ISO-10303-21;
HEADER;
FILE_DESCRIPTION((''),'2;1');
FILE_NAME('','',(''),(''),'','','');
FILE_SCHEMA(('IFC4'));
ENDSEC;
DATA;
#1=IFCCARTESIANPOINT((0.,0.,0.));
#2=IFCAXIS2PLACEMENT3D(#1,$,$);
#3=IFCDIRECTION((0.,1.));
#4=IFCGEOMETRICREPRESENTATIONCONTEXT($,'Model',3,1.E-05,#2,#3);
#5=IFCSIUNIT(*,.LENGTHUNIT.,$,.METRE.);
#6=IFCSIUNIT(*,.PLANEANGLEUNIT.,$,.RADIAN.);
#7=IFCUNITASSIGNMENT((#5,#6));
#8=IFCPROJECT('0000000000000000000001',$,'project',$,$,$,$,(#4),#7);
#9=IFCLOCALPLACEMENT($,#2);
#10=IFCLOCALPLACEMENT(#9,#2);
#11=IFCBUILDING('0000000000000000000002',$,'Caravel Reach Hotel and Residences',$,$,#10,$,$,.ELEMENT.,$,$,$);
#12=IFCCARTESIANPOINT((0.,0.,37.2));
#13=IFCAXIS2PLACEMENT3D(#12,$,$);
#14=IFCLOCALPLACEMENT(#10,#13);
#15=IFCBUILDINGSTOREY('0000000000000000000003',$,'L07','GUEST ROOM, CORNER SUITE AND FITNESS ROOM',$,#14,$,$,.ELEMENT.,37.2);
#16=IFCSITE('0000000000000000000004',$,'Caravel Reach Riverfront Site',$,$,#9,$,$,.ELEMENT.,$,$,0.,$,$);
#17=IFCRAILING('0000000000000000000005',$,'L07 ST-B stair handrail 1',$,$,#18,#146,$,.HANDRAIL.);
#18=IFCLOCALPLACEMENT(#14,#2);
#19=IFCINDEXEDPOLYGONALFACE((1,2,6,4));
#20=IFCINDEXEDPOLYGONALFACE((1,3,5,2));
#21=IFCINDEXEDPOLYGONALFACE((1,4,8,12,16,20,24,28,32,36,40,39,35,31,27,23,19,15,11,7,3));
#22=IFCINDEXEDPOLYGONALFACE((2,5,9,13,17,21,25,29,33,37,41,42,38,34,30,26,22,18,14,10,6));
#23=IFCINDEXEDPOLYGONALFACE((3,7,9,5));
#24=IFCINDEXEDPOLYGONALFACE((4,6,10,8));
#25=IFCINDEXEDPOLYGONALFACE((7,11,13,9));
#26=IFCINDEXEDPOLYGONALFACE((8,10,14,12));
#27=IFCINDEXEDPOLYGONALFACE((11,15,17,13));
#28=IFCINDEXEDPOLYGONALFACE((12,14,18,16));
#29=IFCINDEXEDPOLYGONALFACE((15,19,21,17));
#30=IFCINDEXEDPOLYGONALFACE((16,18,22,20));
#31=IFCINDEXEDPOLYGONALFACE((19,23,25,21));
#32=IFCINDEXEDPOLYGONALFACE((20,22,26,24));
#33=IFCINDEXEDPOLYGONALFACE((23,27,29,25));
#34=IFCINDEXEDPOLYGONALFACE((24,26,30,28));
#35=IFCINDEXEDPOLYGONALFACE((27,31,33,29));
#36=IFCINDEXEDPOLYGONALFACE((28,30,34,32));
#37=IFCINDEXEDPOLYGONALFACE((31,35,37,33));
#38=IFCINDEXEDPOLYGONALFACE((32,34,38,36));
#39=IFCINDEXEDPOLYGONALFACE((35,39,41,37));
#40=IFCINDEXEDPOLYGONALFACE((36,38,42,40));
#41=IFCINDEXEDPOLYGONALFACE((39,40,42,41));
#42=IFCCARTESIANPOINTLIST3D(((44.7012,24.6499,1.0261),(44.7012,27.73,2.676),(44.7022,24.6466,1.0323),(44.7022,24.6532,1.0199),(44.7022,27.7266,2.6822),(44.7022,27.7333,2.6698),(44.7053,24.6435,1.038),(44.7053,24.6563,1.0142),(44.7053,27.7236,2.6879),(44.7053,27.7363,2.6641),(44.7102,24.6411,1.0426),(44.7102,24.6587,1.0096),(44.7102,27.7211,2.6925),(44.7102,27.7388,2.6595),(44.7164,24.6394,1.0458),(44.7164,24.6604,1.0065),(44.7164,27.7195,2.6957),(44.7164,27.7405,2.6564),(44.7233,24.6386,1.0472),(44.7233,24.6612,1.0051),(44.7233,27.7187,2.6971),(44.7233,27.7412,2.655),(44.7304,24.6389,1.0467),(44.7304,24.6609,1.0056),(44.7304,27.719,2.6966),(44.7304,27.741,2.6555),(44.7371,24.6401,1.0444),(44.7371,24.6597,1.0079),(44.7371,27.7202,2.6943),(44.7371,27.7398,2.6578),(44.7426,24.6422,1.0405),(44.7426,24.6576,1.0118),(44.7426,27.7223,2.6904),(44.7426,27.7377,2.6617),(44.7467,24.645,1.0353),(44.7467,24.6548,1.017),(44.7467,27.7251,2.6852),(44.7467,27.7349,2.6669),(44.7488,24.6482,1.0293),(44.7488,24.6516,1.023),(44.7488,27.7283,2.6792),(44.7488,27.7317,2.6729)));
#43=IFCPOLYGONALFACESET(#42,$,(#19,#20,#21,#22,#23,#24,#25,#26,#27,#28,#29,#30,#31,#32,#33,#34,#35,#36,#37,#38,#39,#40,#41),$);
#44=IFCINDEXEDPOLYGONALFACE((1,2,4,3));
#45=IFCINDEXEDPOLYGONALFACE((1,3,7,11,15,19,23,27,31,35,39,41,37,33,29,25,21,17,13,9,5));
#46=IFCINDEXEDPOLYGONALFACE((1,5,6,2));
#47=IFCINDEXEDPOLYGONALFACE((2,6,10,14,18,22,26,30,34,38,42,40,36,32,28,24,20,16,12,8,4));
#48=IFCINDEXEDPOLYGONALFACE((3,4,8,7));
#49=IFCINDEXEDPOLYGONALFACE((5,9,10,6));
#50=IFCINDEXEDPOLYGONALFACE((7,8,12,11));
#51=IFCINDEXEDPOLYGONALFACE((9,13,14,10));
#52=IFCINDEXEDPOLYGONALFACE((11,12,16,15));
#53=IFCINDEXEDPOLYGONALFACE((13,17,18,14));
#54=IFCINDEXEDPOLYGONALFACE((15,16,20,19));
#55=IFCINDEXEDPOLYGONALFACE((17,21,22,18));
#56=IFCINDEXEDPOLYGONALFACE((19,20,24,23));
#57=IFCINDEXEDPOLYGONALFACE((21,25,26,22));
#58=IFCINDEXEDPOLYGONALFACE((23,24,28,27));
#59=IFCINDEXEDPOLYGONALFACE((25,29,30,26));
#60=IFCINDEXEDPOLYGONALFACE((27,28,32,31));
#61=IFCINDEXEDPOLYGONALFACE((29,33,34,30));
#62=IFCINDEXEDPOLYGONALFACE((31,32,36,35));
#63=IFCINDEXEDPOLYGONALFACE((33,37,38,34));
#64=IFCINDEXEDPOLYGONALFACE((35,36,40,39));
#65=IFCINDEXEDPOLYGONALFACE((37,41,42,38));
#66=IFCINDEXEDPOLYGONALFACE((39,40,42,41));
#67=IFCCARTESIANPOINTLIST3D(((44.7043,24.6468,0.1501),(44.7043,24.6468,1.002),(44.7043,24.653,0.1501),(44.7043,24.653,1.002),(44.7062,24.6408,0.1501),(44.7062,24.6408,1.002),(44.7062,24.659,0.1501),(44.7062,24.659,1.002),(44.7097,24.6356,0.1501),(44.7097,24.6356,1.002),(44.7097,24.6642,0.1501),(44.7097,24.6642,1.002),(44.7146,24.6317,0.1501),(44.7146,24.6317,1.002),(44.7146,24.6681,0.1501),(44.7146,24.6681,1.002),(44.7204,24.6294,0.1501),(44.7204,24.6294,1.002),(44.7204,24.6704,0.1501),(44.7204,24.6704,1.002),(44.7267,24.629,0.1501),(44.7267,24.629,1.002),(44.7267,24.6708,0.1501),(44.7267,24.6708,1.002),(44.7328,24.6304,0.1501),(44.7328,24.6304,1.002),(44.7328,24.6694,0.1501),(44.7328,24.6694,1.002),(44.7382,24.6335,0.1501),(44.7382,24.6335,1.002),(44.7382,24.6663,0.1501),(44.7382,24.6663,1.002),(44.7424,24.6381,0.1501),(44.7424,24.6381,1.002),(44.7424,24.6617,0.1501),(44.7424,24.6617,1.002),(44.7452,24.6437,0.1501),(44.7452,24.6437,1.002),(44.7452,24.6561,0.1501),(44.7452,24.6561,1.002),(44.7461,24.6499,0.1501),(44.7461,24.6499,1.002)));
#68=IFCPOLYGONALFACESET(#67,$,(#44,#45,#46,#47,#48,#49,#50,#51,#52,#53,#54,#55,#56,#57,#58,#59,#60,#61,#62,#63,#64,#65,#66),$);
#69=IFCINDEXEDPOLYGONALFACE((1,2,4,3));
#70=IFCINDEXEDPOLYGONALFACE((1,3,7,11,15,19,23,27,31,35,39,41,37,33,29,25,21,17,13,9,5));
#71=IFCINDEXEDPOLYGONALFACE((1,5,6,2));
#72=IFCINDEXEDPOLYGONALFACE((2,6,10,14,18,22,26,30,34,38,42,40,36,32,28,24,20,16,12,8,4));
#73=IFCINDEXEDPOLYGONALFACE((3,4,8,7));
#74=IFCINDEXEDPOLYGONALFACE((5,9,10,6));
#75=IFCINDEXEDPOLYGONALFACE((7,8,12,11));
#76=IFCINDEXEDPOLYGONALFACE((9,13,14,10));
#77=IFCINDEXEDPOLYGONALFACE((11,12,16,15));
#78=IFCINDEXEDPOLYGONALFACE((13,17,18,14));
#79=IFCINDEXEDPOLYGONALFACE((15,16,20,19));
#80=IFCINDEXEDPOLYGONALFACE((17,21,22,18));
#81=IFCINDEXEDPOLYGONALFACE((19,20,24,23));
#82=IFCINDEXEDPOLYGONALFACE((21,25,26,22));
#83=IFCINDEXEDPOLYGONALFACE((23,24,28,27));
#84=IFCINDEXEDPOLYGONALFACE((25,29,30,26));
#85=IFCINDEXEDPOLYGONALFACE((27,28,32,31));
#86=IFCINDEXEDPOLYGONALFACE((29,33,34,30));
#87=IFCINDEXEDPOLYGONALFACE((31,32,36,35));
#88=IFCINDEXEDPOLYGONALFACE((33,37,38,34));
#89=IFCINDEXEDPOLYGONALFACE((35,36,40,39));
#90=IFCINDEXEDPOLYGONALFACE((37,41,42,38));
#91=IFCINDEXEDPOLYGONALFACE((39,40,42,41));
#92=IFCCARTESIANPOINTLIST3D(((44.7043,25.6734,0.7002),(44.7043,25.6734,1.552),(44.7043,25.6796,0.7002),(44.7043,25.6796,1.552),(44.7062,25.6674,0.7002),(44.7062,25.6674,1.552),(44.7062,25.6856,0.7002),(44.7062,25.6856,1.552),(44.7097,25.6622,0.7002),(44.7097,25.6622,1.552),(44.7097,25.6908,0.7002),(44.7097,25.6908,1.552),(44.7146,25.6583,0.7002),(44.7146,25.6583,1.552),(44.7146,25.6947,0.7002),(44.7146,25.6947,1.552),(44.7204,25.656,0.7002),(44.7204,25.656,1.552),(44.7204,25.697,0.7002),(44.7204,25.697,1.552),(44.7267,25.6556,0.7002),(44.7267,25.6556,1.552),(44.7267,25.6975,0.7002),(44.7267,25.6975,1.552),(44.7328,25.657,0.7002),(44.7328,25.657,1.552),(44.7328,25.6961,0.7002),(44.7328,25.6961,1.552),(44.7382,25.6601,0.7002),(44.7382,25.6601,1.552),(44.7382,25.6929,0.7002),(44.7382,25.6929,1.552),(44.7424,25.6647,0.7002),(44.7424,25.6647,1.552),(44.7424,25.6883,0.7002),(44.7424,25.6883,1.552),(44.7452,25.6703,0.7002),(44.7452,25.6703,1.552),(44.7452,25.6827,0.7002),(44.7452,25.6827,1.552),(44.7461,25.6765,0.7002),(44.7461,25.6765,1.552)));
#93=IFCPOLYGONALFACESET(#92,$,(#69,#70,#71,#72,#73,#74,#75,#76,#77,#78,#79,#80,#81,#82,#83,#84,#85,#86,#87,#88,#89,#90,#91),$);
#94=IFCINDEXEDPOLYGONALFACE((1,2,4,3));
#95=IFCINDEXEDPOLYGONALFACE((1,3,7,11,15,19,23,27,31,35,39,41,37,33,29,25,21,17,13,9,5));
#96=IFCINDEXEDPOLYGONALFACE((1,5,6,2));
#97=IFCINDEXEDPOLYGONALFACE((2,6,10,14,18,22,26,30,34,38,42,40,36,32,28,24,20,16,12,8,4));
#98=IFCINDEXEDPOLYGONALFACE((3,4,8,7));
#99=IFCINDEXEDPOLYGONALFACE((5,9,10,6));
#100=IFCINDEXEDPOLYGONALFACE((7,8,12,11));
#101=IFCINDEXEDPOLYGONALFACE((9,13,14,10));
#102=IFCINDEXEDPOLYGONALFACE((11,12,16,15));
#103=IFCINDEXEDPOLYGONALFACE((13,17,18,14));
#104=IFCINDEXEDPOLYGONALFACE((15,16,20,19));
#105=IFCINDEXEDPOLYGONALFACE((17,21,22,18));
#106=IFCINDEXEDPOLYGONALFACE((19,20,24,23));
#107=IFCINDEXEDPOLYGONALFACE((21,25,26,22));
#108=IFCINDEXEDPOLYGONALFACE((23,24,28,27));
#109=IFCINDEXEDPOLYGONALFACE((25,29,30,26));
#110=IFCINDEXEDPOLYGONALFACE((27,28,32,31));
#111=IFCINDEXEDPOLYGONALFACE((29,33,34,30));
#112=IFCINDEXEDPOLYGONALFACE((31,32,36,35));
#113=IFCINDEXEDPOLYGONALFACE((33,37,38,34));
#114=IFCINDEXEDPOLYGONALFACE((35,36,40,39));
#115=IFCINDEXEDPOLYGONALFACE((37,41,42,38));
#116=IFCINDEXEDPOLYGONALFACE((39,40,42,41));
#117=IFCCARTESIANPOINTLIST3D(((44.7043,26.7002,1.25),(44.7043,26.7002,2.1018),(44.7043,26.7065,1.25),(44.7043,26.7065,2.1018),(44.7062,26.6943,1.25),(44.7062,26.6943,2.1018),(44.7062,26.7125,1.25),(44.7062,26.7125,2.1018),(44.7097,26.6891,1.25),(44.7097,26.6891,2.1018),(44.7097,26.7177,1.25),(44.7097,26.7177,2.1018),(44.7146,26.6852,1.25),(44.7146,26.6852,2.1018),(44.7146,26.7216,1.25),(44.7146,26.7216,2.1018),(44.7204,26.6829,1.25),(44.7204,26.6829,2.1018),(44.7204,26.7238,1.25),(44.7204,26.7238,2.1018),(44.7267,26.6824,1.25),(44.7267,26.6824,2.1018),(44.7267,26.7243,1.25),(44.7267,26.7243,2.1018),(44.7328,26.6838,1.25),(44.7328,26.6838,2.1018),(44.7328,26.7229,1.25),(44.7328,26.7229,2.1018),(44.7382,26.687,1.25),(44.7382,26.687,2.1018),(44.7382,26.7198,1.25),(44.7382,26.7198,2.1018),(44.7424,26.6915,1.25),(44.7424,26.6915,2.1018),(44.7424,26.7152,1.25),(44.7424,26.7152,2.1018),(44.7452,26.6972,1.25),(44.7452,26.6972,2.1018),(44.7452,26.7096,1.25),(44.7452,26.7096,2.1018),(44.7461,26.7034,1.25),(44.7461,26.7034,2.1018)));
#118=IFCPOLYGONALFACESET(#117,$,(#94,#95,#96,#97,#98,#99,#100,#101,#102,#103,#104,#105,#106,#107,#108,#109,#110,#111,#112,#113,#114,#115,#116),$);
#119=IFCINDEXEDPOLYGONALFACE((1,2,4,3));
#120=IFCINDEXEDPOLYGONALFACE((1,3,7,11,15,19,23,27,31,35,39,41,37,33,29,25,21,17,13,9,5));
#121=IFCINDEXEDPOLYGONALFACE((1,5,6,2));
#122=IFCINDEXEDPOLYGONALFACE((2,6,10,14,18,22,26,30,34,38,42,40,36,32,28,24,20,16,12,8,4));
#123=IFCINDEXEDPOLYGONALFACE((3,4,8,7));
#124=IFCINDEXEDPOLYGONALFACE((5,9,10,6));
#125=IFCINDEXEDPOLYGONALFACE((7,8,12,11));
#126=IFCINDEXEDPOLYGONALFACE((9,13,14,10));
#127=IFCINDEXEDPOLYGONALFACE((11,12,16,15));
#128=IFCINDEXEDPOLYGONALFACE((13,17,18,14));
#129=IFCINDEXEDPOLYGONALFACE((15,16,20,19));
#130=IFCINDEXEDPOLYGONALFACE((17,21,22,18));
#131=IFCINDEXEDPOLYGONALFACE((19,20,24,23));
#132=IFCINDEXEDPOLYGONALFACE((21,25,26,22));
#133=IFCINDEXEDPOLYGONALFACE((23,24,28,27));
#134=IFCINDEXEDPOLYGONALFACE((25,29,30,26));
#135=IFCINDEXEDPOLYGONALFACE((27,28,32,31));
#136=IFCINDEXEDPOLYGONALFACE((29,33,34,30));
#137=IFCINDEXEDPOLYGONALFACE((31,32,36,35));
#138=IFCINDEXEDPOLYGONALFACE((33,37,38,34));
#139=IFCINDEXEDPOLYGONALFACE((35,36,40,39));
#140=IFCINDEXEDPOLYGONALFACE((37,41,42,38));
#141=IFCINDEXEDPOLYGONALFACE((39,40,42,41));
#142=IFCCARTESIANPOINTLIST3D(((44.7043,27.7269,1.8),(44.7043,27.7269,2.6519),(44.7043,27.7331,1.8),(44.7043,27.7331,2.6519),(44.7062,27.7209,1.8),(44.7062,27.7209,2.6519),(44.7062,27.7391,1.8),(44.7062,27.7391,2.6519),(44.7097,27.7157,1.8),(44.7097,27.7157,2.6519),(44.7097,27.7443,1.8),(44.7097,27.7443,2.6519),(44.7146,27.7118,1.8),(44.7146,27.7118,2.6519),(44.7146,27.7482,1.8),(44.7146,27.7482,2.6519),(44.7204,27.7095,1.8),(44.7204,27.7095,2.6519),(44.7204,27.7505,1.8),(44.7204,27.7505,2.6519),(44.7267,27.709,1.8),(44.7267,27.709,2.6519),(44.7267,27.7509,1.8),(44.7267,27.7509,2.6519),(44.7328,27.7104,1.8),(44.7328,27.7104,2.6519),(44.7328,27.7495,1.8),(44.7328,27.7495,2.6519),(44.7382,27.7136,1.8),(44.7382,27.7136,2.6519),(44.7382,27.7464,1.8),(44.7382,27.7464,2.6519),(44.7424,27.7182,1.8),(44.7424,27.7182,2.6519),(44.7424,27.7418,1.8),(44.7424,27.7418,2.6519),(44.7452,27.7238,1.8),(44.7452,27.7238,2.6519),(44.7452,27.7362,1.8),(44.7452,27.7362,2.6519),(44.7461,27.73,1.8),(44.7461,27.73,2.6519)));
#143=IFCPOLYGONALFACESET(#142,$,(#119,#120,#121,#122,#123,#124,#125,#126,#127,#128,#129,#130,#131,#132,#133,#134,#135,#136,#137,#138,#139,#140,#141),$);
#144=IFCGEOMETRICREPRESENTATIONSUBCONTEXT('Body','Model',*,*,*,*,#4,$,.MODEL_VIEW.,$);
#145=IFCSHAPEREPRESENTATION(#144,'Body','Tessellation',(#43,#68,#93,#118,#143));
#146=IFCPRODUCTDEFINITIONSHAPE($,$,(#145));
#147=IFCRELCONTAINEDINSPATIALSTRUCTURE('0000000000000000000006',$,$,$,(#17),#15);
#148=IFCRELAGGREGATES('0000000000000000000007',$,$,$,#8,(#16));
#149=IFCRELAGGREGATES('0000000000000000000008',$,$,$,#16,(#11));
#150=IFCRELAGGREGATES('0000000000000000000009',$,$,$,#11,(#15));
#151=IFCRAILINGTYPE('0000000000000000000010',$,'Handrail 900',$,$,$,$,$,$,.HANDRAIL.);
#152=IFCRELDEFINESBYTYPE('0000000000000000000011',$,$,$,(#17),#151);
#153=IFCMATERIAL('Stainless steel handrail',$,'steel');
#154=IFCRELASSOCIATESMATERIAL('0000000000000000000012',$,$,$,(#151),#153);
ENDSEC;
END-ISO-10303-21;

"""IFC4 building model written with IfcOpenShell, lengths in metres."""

from ifc_helpers import new_model, si_unit, direction, frame, origin, origin_2d, place, context, subcontext, project, spatial, circle, extrude, material, type_object, element, save


model = new_model("IFC4")

# Units and contexts
model_context = context("Model", 3, precision=1e-05, world=origin(), true_north=direction((0.0, 1.0)))
body_context = subcontext(model_context, "Body", "Model", "MODEL_VIEW")
ifc_project = project(units=[si_unit("LENGTHUNIT", "METRE"), si_unit("PLANEANGLEUNIT", "RADIAN")], contexts=[model_context])

# Site, building, storey
site_placement = place(None, origin())
site = spatial("IfcSite", under=ifc_project, at=site_placement, Name="Caravel Reach Riverfront Site", CompositionType="ELEMENT", RefElevation=0.0)
building_placement = place(site_placement, origin())
building = spatial("IfcBuilding", under=site, at=building_placement, Name="Caravel Reach Hotel and Residences", CompositionType="ELEMENT")
storey_placement = place(building_placement, frame((0.0, 0.0, 37.2)))
storey = spatial("IfcBuildingStorey", under=building, at=storey_placement, Name="L07", Description="GUEST ROOM, CORNER SUITE AND FITNESS ROOM", CompositionType="ELEMENT", Elevation=37.2)

# Railing
ifc_material_1 = material(Name="Stainless steel handrail", Category="steel")
railing_type_1 = type_object("IfcRailingType", Name="Handrail 900", PredefinedType="HANDRAIL", material=ifc_material_1)
railing_1_placement = place(storey_placement, frame((44.7251, 24.6499, 0.1501)))
element("IfcRailing", 1, at=railing_1_placement, inside=storey, type_object=railing_type_1, Name="L07 ST-B stair handrail 1", PredefinedType="HANDRAIL", context=body_context, shape_type="SweptSolid", body=[
    extrude(circle(Radius=0.0239, at=origin_2d()), frame((0.0, 0.0, 0.876), z_axis=(0.0, 0.881497, 0.47219), x_axis=(-1.0, 0.0, 0.0)), (0.0, 0.0, 1.0), 3.4941),
    extrude(circle(Radius=0.021, at=origin_2d()), origin(), (0.0, 0.0, 1.0), 0.8518),
    extrude(circle(Radius=0.021, at=origin_2d()), frame((0.0, 1.0266, 0.55)), (0.0, 0.0, 1.0), 0.8518),
    extrude(circle(Radius=0.021, at=origin_2d()), frame((0.0, 2.0535, 1.0999)), (0.0, 0.0, 1.0), 0.8518),
    extrude(circle(Radius=0.021, at=origin_2d()), frame((0.0, 3.0801, 1.6499)), (0.0, 0.0, 1.0), 0.8518),
])

save(model, "model.ifc")
